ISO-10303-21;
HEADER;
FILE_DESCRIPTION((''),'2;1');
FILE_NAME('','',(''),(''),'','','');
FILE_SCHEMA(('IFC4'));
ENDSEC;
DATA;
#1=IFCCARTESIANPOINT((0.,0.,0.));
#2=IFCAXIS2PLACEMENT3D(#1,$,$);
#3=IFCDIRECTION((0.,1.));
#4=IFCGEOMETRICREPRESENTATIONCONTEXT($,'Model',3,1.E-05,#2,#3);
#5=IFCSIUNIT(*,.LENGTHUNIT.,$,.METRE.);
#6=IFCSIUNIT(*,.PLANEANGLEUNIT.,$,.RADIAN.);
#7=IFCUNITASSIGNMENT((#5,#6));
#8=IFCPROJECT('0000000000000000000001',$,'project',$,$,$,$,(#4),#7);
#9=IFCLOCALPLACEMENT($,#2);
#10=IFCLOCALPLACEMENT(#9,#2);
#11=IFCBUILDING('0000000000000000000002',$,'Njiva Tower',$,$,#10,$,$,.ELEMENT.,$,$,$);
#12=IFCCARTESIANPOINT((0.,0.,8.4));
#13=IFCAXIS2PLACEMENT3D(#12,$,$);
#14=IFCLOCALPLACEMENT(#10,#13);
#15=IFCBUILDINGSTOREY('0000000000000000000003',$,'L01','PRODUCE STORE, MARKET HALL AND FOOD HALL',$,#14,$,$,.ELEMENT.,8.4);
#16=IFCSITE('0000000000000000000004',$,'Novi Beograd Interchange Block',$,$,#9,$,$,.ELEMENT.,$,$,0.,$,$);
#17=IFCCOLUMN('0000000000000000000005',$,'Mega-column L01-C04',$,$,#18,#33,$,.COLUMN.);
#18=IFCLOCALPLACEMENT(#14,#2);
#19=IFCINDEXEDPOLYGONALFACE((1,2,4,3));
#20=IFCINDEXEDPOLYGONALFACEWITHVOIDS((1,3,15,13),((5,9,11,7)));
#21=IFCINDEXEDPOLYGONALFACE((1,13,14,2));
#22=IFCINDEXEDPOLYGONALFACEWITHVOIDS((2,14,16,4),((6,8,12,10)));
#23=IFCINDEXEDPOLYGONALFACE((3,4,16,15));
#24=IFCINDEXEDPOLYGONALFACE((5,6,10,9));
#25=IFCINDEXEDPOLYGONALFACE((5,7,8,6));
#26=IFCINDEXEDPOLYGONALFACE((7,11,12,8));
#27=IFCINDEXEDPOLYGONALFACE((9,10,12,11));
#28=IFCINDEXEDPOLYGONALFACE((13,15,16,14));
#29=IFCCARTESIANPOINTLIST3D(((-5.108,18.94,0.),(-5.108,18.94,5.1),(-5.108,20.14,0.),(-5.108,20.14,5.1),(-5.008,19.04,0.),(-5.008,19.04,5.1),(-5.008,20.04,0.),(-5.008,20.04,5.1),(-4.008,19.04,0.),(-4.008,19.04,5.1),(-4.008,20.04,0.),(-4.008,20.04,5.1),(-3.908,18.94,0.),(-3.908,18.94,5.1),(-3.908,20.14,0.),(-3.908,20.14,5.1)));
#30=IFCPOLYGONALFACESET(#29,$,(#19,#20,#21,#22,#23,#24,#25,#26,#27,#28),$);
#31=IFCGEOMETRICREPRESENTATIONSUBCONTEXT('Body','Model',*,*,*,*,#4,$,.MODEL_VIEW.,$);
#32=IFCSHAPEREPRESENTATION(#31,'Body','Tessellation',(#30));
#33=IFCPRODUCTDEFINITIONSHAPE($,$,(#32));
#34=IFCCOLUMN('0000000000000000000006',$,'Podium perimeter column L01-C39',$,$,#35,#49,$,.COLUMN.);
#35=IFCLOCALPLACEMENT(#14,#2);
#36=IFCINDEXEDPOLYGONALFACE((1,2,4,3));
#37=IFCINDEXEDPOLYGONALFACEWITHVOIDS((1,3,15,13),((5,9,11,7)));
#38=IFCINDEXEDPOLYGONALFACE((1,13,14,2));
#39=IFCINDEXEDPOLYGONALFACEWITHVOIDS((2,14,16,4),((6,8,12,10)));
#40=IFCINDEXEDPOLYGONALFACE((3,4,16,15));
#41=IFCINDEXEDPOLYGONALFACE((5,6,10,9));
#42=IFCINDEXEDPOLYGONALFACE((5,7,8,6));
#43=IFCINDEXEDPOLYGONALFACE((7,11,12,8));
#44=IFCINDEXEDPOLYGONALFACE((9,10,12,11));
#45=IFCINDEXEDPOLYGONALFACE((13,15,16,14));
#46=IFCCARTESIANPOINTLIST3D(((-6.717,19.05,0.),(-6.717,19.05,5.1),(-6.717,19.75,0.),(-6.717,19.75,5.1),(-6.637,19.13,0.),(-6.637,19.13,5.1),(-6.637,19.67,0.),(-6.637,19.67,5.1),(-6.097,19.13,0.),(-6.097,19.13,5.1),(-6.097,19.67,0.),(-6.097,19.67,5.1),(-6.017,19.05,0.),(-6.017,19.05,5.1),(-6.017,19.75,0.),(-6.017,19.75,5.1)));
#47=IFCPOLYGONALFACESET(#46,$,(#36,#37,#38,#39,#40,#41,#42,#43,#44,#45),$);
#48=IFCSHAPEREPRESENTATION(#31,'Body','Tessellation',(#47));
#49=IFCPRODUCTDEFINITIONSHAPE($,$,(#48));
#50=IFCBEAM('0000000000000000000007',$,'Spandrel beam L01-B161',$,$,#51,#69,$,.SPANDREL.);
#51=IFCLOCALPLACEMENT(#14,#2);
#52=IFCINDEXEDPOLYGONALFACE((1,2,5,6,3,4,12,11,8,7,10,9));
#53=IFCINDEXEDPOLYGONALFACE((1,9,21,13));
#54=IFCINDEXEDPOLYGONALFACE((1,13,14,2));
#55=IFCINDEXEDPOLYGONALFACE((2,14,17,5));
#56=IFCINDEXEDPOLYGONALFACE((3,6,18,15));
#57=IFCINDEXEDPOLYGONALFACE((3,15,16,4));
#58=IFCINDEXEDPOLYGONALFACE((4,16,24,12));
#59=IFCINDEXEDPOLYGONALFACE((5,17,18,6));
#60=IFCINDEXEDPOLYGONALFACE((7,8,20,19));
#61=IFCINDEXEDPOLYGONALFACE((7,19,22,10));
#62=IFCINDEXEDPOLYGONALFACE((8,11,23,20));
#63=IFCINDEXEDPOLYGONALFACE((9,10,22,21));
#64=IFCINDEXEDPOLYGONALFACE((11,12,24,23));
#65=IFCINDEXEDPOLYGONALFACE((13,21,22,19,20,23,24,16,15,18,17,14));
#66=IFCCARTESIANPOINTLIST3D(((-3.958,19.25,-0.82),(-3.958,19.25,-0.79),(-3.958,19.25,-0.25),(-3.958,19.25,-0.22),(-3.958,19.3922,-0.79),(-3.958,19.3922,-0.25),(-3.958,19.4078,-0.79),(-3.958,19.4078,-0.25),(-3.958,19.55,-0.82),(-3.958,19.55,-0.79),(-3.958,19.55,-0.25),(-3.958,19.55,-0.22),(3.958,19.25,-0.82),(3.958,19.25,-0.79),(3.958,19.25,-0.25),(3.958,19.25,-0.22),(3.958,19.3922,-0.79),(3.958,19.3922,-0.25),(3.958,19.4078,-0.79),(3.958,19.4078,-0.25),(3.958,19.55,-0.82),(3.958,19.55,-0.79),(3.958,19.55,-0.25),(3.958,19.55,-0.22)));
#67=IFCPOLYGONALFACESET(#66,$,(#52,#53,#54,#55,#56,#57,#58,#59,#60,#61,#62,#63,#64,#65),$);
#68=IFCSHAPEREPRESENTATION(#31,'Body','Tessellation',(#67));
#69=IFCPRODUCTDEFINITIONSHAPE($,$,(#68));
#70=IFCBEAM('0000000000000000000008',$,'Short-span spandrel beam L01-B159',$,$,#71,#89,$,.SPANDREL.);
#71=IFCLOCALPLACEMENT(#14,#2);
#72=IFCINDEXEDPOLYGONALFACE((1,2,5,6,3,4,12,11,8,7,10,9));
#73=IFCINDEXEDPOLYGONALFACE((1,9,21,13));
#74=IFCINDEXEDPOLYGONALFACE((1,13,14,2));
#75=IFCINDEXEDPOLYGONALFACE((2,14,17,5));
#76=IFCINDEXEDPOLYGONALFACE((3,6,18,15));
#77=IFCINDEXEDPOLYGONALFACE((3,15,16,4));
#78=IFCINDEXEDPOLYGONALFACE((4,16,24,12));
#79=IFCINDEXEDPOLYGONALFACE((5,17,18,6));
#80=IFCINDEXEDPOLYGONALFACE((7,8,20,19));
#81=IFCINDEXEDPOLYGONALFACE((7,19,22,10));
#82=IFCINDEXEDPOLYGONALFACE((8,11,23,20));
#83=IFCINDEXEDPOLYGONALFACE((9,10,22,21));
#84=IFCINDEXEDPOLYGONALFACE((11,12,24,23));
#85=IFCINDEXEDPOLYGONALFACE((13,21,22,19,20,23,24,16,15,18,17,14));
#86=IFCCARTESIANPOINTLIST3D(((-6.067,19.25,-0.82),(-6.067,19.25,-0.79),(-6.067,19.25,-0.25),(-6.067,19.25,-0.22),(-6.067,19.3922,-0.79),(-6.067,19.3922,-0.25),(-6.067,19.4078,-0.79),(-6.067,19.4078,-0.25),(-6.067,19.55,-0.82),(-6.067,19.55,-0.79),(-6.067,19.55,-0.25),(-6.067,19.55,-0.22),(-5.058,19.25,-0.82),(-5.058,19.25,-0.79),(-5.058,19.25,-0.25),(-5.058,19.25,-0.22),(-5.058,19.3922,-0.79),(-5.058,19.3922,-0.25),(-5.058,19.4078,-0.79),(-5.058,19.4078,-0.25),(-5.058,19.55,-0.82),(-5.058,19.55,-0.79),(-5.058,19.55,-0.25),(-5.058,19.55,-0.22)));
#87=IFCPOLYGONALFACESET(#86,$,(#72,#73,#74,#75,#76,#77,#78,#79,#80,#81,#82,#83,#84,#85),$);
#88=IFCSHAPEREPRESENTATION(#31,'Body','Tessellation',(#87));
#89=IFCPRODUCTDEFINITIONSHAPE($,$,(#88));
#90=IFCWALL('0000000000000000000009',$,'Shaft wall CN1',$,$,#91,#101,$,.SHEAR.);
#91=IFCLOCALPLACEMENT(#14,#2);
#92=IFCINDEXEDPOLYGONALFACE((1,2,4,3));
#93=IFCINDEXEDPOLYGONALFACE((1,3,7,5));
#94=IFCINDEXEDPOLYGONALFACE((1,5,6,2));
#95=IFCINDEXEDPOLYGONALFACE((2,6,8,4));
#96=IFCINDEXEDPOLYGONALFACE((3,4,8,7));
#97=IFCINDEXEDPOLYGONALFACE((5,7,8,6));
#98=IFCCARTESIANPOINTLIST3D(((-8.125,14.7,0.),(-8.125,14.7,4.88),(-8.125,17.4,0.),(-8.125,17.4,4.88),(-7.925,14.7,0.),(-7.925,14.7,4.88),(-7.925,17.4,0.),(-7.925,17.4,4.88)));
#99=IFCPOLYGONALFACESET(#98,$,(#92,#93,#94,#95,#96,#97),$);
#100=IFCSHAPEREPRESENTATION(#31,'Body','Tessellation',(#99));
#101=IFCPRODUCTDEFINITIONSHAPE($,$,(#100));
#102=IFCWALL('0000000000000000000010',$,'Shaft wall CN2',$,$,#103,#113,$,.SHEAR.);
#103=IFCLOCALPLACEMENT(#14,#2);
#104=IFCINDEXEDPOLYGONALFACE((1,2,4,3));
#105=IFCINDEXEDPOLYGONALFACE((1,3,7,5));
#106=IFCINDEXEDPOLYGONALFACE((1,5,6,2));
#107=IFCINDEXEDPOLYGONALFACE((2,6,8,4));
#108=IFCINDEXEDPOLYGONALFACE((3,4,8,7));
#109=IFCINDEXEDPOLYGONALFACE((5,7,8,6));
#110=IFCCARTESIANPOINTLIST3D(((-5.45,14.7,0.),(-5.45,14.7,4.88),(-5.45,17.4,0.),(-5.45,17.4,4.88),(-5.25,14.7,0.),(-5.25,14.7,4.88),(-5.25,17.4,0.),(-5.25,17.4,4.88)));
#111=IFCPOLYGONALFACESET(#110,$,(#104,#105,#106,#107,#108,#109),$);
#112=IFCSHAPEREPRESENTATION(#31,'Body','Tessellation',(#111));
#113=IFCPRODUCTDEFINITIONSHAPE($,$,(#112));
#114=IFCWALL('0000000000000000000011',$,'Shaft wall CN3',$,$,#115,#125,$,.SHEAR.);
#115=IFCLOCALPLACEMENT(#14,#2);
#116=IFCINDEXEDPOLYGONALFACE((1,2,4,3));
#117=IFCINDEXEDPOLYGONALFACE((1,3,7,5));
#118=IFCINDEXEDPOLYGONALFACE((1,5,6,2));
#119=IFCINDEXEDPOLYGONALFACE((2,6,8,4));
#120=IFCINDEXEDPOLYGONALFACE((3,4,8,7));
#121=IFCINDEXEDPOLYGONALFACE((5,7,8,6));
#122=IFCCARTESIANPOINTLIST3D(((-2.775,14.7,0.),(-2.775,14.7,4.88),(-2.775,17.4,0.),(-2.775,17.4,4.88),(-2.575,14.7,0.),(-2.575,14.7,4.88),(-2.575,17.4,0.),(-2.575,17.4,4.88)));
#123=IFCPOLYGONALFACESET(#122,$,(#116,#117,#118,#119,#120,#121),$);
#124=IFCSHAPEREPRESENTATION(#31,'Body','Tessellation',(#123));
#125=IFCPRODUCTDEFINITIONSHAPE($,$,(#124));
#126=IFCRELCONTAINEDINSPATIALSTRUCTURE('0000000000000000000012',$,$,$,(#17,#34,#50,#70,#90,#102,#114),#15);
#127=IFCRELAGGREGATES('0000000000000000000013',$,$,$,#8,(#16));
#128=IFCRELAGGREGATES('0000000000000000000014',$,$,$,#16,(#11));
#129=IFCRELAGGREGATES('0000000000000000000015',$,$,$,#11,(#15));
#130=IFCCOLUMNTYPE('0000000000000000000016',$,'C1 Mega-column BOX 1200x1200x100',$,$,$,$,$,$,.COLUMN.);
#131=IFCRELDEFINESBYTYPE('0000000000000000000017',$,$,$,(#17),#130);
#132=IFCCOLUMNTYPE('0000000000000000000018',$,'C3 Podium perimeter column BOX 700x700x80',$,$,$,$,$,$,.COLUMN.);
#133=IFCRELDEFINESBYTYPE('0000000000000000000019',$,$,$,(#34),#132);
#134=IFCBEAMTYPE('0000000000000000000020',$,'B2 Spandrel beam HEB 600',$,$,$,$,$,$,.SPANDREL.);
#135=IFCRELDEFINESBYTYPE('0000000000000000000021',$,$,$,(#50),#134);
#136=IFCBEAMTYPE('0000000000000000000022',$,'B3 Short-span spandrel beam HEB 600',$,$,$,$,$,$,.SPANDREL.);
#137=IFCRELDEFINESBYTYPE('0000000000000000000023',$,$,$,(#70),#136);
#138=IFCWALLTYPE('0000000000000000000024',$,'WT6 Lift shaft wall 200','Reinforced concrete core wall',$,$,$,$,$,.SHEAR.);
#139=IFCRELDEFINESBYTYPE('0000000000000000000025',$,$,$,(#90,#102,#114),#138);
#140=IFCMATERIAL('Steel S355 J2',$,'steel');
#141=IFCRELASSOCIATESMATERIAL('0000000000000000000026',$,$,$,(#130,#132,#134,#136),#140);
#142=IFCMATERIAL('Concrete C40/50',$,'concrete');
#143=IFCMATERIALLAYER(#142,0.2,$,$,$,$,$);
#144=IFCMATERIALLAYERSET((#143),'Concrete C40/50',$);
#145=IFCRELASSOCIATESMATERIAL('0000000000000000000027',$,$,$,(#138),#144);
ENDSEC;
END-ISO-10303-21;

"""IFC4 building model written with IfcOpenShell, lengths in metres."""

from ifc_helpers import new_model, si_unit, direction, frame, frame_2d, origin, origin_2d, place, context, subcontext, project, spatial, rectangle, hollow_rectangle, i_section, extrude, material, layer, layer_set, material_profile, profile_set, type_object, element, save


model = new_model("IFC4")

# Units and contexts
model_context = context("Model", 3, precision=1e-05, world=origin(), true_north=direction((0.0, 1.0)))
body_context = subcontext(model_context, "Body", "Model", "MODEL_VIEW")
ifc_project = project(units=[si_unit("LENGTHUNIT", "METRE"), si_unit("PLANEANGLEUNIT", "RADIAN")], contexts=[model_context])

# Site, building, storey
site_placement = place(None, origin())
site = spatial("IfcSite", under=ifc_project, at=site_placement, Name="Novi Beograd Interchange Block", CompositionType="ELEMENT", RefElevation=0.0)
building_placement = place(site_placement, origin())
building = spatial("IfcBuilding", under=site, at=building_placement, Name="Njiva Tower", CompositionType="ELEMENT")
storey_placement = place(building_placement, frame((0.0, 0.0, 8.4)))
storey = spatial("IfcBuildingStorey", under=building, at=storey_placement, Name="L01", Description="PRODUCE STORE, MARKET HALL AND FOOD HALL", CompositionType="ELEMENT", Elevation=8.4)

# Columns
ifc_material_1 = material(Name="Steel S355 J2", Category="steel")
ifc_material_profile_1 = material_profile(ifc_material_1, hollow_rectangle(XDim=1.2, YDim=1.2, WallThickness=0.1, at=origin_2d()), Name="BOX 1200x1200x100")
ifc_profile_set_1 = profile_set([ifc_material_profile_1], Name="Steel S355 J2")
column_type_1 = type_object("IfcColumnType", Name="C1 Mega-column BOX 1200x1200x100", PredefinedType="COLUMN", material=ifc_profile_set_1)
column_1_placement = place(storey_placement, frame((-4.508, 19.54, 0.0), z_axis=(0.0, 0.0, 1.0), x_axis=(-1.0, 0.0, 0.0)))
element("IfcColumn", 1, at=column_1_placement, inside=storey, type_object=column_type_1, Name="Mega-column L01-C04", PredefinedType="COLUMN", context=body_context, shape_type="SweptSolid", body=[
    extrude(hollow_rectangle(XDim=1.2, YDim=1.2, WallThickness=0.1, at=origin_2d()), origin(), (0.0, 0.0, 1.0), 5.1),
])
ifc_material_profile_2 = material_profile(ifc_material_1, hollow_rectangle(XDim=0.7, YDim=0.7, WallThickness=0.08, at=origin_2d()), Name="BOX 700x700x80")
ifc_profile_set_2 = profile_set([ifc_material_profile_2], Name="Steel S355 J2")
column_type_2 = type_object("IfcColumnType", Name="C3 Podium perimeter column BOX 700x700x80", PredefinedType="COLUMN", material=ifc_profile_set_2)
column_2_placement = place(storey_placement, frame((-6.367, 19.4, 0.0), z_axis=(0.0, 0.0, 1.0), x_axis=(-1.0, 0.0, 0.0)))
element("IfcColumn", 2, at=column_2_placement, inside=storey, type_object=column_type_2, Name="Podium perimeter column L01-C39", PredefinedType="COLUMN", context=body_context, shape_type="SweptSolid", body=[
    extrude(hollow_rectangle(XDim=0.7, YDim=0.7, WallThickness=0.08, at=origin_2d()), origin(), (0.0, 0.0, 1.0), 5.1),
])

# Beams
ifc_material_profile_3 = material_profile(ifc_material_1, i_section(OverallWidth=0.3, OverallDepth=0.6, WebThickness=0.0155, FlangeThickness=0.03, at=origin_2d()), Name="HEB 600")
ifc_profile_set_3 = profile_set([ifc_material_profile_3], Name="Steel S355 J2")
beam_type_1 = type_object("IfcBeamType", Name="B2 Spandrel beam HEB 600", PredefinedType="SPANDREL", material=ifc_profile_set_3)
beam_1_placement = place(storey_placement, frame((-3.958, 19.4, -0.52), z_axis=(1.0, 0.0, 0.0), x_axis=(0.0, 1.0, 0.0)))
element("IfcBeam", 3, at=beam_1_placement, inside=storey, type_object=beam_type_1, Name="Spandrel beam L01-B161", PredefinedType="SPANDREL", context=body_context, shape_type="SweptSolid", body=[
    extrude(i_section(OverallWidth=0.3, OverallDepth=0.6, WebThickness=0.0155, FlangeThickness=0.03, at=origin_2d()), origin(), (0.0, 0.0, 1.0), 7.916),
])
ifc_material_profile_4 = material_profile(ifc_material_1, i_section(OverallWidth=0.3, OverallDepth=0.6, WebThickness=0.0155, FlangeThickness=0.03, at=origin_2d()), Name="HEB 600")
ifc_profile_set_4 = profile_set([ifc_material_profile_4], Name="Steel S355 J2")
beam_type_2 = type_object("IfcBeamType", Name="B3 Short-span spandrel beam HEB 600", PredefinedType="SPANDREL", material=ifc_profile_set_4)
beam_2_placement = place(storey_placement, frame((-6.067, 19.4, -0.52), z_axis=(1.0, 0.0, 0.0), x_axis=(0.0, 1.0, 0.0)))
element("IfcBeam", 4, at=beam_2_placement, inside=storey, type_object=beam_type_2, Name="Short-span spandrel beam L01-B159", PredefinedType="SPANDREL", context=body_context, shape_type="SweptSolid", body=[
    extrude(i_section(OverallWidth=0.3, OverallDepth=0.6, WebThickness=0.0155, FlangeThickness=0.03, at=origin_2d()), origin(), (0.0, 0.0, 1.0), 1.009),
])

# Walls
ifc_material_2 = material(Name="Concrete C40/50", Category="concrete")
ifc_layer_1 = layer(ifc_material_2, 0.2)
ifc_layer_set_1 = layer_set([ifc_layer_1], Name="Concrete C40/50")
wall_type_1 = type_object("IfcWallType", Name="WT6 Lift shaft wall 200", Description="Reinforced concrete core wall", PredefinedType="SHEAR", material=ifc_layer_set_1)
for number, where, z_axis, x_axis, name in (
    (5, (-8.025, 14.7, 0.0), (0.0, 0.0, 1.0), (0.0, 1.0, 0.0), "Shaft wall CN1"),
    (6, (-5.35, 14.7, 0.0), (0.0, 0.0, 1.0), (0.0, 1.0, 0.0), "Shaft wall CN2"),
    (7, (-2.675, 14.7, 0.0), (0.0, 0.0, 1.0), (0.0, 1.0, 0.0), "Shaft wall CN3"),
):
    element("IfcWall", number, at=place(storey_placement, frame(where, z_axis=z_axis, x_axis=x_axis)), inside=storey, type_object=wall_type_1, Name=name, PredefinedType="SHEAR", context=body_context, shape_type="SweptSolid", body=[
        extrude(rectangle(XDim=2.7, YDim=0.2, at=frame_2d((1.35, 0.0))), origin(), (0.0, 0.0, 1.0), 4.88),
    ])

save(model, "model.ifc")
